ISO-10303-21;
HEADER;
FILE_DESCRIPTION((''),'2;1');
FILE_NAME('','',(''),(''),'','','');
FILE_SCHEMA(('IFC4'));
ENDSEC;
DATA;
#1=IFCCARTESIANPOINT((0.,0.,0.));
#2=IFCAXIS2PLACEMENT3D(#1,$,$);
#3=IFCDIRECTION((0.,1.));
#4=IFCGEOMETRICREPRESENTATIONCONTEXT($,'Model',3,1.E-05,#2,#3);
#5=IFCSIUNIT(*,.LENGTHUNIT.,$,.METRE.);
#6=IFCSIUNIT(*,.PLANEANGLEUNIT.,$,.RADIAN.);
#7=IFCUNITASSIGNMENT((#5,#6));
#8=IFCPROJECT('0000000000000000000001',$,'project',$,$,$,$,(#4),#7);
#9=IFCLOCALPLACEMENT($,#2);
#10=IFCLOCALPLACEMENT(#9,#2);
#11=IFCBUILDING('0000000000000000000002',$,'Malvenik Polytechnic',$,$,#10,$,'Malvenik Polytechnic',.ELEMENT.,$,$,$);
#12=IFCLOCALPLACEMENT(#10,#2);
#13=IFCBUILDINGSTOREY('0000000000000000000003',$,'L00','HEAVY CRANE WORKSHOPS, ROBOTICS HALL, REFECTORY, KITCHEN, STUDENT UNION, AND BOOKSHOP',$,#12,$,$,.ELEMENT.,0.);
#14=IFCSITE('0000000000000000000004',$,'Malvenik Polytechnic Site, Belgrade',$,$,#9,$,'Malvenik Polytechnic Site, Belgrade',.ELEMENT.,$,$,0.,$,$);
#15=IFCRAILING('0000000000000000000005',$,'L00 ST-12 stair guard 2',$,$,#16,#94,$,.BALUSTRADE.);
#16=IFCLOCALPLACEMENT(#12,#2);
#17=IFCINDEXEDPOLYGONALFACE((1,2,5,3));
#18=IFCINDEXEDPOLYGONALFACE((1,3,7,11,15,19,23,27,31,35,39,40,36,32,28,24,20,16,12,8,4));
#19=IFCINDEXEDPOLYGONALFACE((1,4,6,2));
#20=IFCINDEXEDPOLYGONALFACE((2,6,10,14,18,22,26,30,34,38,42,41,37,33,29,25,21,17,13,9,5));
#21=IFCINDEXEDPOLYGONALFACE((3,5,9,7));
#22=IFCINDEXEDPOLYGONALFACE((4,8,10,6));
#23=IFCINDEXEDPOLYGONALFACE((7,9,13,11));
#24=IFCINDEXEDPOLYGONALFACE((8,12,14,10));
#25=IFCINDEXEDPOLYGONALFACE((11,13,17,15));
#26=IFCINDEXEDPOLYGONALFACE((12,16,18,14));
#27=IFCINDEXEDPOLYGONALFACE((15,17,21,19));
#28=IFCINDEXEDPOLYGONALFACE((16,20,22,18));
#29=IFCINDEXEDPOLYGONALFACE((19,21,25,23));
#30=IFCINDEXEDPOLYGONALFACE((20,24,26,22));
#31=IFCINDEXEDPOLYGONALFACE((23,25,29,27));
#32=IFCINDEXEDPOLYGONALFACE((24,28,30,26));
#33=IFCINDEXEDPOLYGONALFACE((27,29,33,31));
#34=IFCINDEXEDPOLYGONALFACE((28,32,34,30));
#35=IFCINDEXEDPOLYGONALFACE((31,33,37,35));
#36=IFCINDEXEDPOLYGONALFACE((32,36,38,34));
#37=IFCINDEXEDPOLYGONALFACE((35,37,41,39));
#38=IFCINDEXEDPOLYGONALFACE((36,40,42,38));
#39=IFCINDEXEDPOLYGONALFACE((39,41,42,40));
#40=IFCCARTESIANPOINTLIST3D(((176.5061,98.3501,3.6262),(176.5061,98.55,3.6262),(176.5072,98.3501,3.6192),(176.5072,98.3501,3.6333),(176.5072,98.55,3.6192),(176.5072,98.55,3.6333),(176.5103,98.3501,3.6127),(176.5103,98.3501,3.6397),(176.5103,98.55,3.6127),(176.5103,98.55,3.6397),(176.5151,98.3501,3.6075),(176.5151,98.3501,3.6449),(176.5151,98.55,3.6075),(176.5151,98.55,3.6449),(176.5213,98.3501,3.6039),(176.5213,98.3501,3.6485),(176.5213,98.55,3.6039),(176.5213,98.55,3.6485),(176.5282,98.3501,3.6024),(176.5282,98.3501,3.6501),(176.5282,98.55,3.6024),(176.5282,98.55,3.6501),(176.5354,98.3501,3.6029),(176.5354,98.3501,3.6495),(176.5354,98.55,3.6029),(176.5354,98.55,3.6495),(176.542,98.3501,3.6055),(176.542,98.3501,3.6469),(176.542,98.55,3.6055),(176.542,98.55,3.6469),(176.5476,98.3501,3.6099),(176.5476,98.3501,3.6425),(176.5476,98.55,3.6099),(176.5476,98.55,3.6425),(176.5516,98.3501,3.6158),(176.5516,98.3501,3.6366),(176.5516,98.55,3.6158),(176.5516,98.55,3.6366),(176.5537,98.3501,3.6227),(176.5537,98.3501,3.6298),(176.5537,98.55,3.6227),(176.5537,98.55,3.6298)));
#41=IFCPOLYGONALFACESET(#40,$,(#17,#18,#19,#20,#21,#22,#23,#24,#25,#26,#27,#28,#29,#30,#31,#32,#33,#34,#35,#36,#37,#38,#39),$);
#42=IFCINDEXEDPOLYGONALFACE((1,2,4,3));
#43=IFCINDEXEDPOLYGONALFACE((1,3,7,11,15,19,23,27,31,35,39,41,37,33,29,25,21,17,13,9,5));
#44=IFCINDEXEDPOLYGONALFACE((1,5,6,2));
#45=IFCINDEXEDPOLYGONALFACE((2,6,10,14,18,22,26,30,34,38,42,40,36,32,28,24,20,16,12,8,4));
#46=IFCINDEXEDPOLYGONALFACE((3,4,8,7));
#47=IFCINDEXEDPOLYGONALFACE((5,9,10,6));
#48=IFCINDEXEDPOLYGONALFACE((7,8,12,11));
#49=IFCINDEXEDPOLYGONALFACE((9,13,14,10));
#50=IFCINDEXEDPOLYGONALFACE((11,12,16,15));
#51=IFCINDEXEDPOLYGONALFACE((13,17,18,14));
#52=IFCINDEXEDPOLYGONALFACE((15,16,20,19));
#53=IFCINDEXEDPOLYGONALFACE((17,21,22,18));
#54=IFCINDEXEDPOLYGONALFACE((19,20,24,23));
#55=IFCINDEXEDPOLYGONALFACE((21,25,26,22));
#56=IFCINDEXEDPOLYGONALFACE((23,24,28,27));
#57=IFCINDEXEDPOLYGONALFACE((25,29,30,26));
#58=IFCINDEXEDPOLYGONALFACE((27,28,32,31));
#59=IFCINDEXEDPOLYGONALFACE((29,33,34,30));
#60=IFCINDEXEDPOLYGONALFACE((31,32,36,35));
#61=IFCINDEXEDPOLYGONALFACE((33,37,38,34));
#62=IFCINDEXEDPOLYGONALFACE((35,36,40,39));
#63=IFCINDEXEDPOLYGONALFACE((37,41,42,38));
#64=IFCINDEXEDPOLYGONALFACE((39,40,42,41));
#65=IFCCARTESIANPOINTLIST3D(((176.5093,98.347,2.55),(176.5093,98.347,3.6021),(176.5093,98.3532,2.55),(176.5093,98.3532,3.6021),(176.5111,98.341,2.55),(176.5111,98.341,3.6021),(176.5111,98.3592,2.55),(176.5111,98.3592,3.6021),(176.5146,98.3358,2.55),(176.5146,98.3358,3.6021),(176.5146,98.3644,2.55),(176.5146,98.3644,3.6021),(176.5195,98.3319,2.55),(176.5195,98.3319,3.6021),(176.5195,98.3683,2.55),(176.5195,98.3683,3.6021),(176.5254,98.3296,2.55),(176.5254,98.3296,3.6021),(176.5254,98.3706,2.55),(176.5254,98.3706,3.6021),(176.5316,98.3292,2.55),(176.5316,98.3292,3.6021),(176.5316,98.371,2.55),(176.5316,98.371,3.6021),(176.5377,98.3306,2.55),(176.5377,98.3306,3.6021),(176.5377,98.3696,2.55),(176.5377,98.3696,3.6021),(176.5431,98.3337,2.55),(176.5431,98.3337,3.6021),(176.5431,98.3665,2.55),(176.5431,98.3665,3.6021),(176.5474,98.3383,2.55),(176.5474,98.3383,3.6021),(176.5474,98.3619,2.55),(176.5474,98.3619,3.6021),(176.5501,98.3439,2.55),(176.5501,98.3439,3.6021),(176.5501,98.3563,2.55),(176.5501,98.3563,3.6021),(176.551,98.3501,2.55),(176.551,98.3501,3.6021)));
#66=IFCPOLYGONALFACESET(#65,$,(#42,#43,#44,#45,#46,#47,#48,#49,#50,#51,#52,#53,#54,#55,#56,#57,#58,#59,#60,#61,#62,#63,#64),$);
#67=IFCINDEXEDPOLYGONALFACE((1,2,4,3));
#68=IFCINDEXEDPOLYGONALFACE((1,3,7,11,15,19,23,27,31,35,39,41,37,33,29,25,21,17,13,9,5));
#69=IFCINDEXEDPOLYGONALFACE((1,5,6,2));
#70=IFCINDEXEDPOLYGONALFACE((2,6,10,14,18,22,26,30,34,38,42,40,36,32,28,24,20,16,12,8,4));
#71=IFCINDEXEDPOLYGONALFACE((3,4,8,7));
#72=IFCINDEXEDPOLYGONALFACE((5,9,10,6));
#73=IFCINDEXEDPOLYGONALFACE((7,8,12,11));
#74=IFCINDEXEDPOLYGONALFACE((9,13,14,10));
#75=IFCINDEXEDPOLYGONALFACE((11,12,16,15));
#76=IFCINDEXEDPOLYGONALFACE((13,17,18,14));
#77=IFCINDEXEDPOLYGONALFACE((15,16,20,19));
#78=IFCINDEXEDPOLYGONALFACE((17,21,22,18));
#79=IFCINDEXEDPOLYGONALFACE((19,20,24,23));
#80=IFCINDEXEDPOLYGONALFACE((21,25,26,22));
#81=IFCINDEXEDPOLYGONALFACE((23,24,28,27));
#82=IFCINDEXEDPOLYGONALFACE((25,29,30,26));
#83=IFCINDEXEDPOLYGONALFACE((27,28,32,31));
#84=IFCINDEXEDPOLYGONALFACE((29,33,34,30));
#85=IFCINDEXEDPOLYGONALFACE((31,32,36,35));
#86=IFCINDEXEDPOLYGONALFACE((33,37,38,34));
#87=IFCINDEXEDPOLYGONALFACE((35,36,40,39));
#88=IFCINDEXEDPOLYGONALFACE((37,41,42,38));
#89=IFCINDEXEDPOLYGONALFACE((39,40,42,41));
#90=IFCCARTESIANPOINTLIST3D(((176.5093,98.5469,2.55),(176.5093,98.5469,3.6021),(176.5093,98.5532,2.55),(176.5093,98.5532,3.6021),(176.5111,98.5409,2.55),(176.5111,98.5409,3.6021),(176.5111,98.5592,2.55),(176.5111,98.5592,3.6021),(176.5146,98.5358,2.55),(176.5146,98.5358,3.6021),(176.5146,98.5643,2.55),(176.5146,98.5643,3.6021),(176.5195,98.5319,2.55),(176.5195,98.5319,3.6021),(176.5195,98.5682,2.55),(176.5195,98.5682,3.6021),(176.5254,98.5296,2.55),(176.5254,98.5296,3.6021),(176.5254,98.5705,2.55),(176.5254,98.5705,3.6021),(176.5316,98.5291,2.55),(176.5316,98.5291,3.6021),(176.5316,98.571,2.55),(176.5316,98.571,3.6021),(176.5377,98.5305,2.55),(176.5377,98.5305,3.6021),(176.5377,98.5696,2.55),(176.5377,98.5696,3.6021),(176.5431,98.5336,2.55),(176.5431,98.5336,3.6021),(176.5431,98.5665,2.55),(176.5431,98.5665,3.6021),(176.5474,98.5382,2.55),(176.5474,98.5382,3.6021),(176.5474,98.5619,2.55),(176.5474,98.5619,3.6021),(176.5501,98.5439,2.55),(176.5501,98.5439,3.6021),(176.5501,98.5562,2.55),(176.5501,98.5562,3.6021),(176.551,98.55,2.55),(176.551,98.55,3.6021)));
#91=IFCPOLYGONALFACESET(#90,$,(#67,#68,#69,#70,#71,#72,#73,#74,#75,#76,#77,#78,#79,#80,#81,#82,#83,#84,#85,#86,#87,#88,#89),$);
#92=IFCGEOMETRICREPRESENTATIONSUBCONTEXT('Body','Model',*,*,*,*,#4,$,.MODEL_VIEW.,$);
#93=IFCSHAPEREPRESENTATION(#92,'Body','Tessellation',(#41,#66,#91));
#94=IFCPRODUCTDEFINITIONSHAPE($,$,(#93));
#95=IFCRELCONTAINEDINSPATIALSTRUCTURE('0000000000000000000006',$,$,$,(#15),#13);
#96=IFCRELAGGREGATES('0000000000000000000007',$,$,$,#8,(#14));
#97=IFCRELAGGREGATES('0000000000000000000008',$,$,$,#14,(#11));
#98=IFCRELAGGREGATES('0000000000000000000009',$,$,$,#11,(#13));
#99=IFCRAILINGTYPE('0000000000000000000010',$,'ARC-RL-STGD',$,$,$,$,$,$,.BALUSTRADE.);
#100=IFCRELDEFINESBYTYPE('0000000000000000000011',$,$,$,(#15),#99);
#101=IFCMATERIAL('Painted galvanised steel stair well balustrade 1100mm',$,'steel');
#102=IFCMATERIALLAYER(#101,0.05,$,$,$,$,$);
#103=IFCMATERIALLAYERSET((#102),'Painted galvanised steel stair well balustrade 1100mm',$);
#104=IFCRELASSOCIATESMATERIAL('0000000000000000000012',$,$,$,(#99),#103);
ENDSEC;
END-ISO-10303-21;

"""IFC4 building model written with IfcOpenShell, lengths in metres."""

from ifc_helpers import new_model, si_unit, direction, frame, origin, origin_2d, place, context, subcontext, project, spatial, circle, extrude, material, layer, layer_set, type_object, element, save


model = new_model("IFC4")

# Units and contexts
model_context = context("Model", 3, precision=1e-05, world=origin(), true_north=direction((0.0, 1.0)))
body_context = subcontext(model_context, "Body", "Model", "MODEL_VIEW")
ifc_project = project(units=[si_unit("LENGTHUNIT", "METRE"), si_unit("PLANEANGLEUNIT", "RADIAN")], contexts=[model_context])

# Site, building, storey
site_placement = place(None, origin())
site = spatial("IfcSite", under=ifc_project, at=site_placement, Name="Malvenik Polytechnic Site, Belgrade", LongName="Malvenik Polytechnic Site, Belgrade", CompositionType="ELEMENT", RefElevation=0.0)
building_placement = place(site_placement, origin())
building = spatial("IfcBuilding", under=site, at=building_placement, Name="Malvenik Polytechnic", LongName="Malvenik Polytechnic", CompositionType="ELEMENT")
storey_placement = place(building_placement, origin())
storey = spatial("IfcBuildingStorey", under=building, at=storey_placement, Name="L00", Description="HEAVY CRANE WORKSHOPS, ROBOTICS HALL, REFECTORY, KITCHEN, STUDENT UNION, AND BOOKSHOP", CompositionType="ELEMENT", Elevation=0.0)

# Railing
ifc_material_1 = material(Name="Painted galvanised steel stair well balustrade 1100mm", Category="steel")
ifc_layer_1 = layer(ifc_material_1, 0.05)
ifc_layer_set_1 = layer_set([ifc_layer_1], Name="Painted galvanised steel stair well balustrade 1100mm")
railing_type_1 = type_object("IfcRailingType", Name="ARC-RL-STGD", PredefinedType="BALUSTRADE", material=ifc_layer_set_1)
railing_1_placement = place(storey_placement, frame((176.53, 98.3501, 2.55)))
element("IfcRailing", 1, at=railing_1_placement, inside=storey, type_object=railing_type_1, Name="L00 ST-12 stair guard 2", PredefinedType="BALUSTRADE", context=body_context, shape_type="SweptSolid", body=[
    extrude(circle(Radius=0.0239, at=origin_2d()), frame((0.0, 0.0, 1.0762), z_axis=(0.0, 1.0, 0.0), x_axis=(-1.0, 0.0, 0.0)), (0.0, 0.0, 1.0), 0.2),
    extrude(circle(Radius=0.021, at=origin_2d()), origin(), (0.0, 0.0, 1.0), 1.052),
    extrude(circle(Radius=0.021, at=origin_2d()), frame((0.0, 0.2, 0.0)), (0.0, 0.0, 1.0), 1.052),
])

save(model, "model.ifc")
